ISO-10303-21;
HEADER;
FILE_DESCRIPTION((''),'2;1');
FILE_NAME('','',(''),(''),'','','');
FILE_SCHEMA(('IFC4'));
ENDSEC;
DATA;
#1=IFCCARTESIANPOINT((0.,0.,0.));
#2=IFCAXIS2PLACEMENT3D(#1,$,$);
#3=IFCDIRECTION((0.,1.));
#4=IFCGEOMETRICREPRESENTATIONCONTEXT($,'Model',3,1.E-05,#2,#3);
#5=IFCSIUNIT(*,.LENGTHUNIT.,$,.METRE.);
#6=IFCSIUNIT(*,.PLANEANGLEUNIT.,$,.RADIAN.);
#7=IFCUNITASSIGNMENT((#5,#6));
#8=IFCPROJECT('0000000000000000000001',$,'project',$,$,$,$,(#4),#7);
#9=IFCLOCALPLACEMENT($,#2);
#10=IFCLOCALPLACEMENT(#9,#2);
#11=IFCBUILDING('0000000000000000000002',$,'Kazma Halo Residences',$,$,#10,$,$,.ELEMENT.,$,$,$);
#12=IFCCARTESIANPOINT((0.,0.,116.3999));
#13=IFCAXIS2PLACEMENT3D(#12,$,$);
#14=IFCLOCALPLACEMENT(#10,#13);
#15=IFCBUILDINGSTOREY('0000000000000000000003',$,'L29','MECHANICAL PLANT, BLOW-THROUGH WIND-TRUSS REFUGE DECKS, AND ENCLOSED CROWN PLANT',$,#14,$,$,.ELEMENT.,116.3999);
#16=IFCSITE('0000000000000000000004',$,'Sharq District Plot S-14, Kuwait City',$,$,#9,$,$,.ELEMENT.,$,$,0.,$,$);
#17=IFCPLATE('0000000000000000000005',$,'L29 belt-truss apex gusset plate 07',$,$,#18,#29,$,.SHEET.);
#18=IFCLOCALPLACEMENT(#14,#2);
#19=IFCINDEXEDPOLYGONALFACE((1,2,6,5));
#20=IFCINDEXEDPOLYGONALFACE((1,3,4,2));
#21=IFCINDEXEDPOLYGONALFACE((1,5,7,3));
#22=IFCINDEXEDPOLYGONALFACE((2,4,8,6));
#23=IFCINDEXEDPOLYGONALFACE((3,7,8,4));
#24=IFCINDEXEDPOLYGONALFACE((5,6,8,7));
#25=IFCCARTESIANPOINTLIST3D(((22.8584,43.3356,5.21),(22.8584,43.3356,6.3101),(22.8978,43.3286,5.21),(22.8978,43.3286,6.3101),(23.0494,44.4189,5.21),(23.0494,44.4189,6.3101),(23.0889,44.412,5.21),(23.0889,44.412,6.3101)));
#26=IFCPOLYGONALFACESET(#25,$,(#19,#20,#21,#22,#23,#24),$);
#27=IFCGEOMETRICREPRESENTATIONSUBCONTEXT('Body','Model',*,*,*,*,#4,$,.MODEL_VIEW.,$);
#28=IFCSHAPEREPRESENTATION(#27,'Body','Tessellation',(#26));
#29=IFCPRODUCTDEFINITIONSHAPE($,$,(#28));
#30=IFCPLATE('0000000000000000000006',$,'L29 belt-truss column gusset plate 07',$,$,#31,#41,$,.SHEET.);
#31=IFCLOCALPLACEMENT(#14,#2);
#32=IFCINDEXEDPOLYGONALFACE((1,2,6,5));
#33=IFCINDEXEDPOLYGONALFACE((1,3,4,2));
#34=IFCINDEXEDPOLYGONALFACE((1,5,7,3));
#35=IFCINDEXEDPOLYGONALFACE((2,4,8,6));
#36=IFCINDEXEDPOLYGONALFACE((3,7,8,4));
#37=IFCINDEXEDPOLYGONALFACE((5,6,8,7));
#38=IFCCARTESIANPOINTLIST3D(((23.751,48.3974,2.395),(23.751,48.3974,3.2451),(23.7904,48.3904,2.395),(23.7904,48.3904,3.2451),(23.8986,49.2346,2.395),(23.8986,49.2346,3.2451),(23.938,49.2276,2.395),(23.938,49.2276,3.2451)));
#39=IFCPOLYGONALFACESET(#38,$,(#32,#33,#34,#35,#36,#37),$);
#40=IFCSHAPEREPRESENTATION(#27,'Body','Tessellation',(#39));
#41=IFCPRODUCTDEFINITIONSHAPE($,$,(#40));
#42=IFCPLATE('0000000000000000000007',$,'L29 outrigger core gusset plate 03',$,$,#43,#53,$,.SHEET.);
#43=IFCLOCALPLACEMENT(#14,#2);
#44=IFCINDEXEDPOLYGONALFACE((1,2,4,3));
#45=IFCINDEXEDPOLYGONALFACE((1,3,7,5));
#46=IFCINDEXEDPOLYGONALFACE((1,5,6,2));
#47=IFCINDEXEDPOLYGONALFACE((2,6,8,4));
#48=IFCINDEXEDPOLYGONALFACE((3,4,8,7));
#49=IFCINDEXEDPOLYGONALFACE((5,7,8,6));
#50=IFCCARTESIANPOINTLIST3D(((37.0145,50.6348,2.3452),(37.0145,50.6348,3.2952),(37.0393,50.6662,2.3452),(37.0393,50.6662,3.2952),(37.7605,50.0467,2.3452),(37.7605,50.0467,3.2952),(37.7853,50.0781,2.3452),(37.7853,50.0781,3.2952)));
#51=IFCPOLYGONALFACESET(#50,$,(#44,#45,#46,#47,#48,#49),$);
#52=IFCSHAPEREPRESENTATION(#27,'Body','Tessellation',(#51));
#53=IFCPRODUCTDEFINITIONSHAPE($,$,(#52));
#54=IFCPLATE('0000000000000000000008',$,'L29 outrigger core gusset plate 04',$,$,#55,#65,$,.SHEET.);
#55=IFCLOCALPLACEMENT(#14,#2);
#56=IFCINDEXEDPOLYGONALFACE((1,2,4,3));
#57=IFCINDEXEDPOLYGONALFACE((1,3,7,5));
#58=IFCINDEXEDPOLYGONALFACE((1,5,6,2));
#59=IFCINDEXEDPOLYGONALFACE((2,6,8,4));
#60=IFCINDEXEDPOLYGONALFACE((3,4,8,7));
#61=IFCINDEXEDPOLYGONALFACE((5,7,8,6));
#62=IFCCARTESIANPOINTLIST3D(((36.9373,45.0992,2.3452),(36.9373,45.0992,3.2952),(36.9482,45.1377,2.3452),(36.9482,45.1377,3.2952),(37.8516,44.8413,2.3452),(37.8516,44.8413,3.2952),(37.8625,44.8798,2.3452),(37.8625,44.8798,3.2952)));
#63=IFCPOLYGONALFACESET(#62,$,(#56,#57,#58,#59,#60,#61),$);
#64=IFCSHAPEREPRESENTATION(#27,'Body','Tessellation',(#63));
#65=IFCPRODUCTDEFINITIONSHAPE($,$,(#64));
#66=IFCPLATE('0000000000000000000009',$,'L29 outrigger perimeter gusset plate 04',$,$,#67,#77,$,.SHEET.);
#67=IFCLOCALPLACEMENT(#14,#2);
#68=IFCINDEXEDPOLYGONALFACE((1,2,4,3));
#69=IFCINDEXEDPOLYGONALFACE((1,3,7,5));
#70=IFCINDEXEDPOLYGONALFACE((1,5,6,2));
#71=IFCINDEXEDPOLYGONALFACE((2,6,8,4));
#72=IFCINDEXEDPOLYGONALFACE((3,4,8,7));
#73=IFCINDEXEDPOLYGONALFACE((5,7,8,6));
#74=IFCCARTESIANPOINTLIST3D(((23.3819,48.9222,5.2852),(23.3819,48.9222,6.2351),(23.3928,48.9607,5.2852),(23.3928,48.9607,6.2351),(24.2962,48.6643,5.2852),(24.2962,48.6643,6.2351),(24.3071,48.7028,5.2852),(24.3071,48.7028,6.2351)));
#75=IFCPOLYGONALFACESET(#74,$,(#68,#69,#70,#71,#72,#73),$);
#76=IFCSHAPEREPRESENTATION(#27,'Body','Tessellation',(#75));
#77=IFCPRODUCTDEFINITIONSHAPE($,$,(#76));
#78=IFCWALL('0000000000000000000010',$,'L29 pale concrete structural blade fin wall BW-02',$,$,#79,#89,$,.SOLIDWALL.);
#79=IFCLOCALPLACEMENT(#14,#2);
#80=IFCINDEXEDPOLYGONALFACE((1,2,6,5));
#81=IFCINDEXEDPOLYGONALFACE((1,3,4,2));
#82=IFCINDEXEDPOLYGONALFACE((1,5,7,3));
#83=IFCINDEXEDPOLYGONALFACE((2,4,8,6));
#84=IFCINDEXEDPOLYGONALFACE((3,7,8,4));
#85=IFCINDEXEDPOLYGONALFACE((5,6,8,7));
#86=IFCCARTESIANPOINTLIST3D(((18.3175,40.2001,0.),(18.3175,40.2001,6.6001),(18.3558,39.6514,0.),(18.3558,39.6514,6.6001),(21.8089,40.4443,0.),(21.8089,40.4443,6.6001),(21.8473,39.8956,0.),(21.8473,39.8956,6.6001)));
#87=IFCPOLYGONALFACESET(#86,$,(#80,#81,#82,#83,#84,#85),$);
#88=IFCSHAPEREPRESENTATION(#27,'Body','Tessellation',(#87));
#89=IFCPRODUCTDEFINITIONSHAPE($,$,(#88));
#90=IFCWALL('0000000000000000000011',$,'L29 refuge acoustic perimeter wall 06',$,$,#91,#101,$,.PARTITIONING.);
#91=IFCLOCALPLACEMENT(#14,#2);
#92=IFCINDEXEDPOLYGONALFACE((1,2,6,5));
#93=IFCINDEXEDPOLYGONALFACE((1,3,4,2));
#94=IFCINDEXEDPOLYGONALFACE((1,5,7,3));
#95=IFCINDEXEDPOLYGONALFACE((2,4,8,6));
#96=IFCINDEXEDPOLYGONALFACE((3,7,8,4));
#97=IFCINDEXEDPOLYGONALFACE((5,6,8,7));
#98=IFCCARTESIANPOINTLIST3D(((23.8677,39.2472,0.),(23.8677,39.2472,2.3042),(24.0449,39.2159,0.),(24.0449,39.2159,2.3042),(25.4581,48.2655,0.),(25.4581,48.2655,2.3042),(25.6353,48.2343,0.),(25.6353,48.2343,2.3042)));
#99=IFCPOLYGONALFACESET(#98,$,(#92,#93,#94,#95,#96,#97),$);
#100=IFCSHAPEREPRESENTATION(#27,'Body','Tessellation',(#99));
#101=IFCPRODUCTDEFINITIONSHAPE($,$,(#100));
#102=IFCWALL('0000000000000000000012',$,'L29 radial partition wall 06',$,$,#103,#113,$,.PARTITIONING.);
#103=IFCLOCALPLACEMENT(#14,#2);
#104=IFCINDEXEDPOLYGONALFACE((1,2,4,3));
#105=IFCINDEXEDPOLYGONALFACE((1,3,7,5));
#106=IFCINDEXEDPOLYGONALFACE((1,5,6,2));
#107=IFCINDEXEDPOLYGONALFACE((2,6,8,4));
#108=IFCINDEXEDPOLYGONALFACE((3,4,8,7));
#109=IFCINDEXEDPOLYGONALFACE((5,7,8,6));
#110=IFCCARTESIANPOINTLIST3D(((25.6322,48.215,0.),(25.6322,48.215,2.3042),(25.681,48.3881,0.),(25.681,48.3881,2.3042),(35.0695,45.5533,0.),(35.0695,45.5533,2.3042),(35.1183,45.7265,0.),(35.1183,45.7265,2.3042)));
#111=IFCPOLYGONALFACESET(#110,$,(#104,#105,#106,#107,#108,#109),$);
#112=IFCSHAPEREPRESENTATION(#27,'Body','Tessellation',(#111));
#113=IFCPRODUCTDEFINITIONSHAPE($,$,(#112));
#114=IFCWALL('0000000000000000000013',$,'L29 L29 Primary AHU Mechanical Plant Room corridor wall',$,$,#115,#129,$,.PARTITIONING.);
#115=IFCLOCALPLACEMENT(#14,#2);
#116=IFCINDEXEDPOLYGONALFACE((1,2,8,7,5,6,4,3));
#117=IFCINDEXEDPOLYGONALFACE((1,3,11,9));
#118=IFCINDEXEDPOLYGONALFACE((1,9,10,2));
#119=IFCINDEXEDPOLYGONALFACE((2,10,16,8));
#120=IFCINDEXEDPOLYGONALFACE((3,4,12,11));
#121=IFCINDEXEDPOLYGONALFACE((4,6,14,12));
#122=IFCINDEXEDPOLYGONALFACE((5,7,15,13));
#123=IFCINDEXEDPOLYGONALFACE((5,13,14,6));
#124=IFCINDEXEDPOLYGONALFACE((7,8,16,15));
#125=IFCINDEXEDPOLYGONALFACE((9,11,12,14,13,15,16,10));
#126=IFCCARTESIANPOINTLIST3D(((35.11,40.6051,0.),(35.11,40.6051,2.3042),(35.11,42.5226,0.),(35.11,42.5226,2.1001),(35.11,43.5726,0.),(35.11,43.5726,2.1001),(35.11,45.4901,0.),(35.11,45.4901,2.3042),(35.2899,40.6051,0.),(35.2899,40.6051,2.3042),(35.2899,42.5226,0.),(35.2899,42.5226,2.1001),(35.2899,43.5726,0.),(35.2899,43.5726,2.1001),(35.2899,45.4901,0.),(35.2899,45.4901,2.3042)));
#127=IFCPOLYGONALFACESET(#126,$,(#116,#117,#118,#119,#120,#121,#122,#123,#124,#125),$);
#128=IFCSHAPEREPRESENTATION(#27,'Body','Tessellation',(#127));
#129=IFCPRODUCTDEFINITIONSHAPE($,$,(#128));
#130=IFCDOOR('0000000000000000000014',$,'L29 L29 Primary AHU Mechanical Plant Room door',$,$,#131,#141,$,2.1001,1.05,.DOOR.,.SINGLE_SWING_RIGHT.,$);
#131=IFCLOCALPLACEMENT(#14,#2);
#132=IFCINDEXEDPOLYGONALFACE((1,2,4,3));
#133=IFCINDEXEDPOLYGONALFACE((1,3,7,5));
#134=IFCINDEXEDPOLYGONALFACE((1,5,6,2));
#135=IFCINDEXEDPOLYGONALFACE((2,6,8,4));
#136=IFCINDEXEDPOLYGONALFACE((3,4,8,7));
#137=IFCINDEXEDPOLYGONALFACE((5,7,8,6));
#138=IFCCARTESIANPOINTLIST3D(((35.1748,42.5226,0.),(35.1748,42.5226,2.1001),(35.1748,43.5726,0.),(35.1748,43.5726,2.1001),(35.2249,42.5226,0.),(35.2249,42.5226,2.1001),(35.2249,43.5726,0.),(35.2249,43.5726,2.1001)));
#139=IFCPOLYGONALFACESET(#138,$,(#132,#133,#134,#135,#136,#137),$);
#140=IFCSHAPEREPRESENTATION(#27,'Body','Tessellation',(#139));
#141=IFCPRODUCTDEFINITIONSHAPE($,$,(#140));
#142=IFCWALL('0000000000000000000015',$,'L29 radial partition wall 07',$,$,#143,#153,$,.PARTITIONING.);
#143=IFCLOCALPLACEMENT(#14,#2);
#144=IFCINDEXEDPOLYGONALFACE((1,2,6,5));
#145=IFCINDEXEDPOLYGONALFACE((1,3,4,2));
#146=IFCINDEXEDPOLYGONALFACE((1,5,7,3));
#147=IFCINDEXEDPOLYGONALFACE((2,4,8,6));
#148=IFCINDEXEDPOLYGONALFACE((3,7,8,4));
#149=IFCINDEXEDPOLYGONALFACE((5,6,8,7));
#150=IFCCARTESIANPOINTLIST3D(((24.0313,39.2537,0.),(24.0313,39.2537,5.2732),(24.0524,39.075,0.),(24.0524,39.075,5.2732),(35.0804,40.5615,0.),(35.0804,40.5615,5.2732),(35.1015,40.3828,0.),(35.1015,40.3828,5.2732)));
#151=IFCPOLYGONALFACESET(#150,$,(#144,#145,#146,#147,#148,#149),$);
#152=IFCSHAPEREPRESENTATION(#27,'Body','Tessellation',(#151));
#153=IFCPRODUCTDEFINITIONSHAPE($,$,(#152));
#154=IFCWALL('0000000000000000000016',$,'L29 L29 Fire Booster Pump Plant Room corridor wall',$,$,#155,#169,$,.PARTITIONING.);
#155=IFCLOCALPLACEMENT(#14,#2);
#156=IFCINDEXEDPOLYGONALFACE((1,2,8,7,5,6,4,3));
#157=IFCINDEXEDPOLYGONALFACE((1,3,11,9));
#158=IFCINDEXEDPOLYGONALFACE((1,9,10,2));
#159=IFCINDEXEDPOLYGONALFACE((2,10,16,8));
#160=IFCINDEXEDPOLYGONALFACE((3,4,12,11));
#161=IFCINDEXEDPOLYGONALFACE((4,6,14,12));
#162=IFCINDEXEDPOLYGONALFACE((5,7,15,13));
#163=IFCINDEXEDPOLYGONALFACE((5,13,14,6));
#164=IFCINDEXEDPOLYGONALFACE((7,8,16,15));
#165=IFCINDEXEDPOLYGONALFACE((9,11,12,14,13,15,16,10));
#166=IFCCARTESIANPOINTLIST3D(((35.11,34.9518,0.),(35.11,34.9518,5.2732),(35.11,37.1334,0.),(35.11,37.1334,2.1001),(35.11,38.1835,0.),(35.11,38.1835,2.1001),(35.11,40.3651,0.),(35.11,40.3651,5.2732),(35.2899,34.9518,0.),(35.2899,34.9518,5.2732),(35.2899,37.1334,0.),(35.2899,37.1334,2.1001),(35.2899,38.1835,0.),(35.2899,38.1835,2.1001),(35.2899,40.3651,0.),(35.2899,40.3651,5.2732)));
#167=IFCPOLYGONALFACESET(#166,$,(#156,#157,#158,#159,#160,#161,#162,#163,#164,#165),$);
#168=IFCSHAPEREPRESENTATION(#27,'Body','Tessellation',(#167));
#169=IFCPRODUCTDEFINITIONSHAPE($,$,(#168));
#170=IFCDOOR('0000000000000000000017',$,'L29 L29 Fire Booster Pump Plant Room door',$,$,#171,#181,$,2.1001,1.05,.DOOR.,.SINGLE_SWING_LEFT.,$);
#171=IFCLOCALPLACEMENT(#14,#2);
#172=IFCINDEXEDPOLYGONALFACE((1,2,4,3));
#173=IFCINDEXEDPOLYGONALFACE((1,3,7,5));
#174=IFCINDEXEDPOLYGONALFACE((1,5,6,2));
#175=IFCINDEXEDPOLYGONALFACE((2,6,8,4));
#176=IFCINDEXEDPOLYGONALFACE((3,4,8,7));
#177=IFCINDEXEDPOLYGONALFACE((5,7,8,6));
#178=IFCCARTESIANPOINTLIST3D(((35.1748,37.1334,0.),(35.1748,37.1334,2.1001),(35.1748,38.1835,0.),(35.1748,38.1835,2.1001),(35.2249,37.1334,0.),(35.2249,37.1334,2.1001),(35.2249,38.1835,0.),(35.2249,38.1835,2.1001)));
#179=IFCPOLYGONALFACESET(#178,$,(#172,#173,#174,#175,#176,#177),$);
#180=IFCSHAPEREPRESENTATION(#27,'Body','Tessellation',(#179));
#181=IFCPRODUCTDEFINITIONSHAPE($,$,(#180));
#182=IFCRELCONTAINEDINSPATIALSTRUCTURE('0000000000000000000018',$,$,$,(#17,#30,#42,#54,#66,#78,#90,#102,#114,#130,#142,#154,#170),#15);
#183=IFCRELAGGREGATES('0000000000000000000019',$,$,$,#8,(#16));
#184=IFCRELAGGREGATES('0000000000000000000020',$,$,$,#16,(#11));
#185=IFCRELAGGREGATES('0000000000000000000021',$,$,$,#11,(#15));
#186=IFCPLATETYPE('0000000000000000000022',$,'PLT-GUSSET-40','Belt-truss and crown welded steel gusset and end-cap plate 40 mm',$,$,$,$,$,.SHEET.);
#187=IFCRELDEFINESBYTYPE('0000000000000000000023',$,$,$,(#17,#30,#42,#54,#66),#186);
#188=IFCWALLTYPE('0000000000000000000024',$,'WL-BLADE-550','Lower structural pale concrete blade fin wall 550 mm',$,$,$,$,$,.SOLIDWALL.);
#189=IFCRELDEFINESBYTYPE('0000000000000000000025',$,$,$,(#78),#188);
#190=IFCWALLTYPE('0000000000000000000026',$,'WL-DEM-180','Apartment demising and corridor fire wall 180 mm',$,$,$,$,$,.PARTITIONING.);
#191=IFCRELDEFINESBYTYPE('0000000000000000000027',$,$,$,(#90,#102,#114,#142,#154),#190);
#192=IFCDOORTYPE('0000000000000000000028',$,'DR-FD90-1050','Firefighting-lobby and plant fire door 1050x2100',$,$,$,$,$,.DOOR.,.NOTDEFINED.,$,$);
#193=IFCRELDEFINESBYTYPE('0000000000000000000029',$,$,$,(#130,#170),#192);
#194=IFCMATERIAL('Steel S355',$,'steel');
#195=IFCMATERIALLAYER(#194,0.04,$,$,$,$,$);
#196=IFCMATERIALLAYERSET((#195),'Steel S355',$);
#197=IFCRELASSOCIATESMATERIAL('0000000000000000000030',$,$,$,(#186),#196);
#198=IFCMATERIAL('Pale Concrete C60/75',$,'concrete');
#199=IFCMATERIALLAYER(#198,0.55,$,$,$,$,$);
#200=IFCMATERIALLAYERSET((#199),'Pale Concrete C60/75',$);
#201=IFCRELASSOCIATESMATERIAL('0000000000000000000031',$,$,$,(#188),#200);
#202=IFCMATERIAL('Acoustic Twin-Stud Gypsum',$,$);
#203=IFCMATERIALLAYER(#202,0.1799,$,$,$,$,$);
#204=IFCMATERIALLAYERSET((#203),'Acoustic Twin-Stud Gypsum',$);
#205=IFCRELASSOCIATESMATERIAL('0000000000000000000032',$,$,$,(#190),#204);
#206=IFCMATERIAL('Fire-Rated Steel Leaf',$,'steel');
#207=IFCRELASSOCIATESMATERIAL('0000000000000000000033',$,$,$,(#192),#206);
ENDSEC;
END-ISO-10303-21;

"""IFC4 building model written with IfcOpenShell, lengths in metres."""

from ifc_helpers import new_model, si_unit, direction, frame, frame_2d, origin, origin_2d, place, context, subcontext, project, spatial, rectangle, extrude, material, layer, layer_set, type_object, element, fill, save


model = new_model("IFC4")

# Units and contexts
model_context = context("Model", 3, precision=1e-05, world=origin(), true_north=direction((0.0, 1.0)))
body_context = subcontext(model_context, "Body", "Model", "MODEL_VIEW")
ifc_project = project(units=[si_unit("LENGTHUNIT", "METRE"), si_unit("PLANEANGLEUNIT", "RADIAN")], contexts=[model_context])

# Site, building, storey
site_placement = place(None, origin())
site = spatial("IfcSite", under=ifc_project, at=site_placement, Name="Sharq District Plot S-14, Kuwait City", CompositionType="ELEMENT", RefElevation=0.0)
building_placement = place(site_placement, origin())
building = spatial("IfcBuilding", under=site, at=building_placement, Name="Kazma Halo Residences", CompositionType="ELEMENT")
storey_placement = place(building_placement, frame((0.0, 0.0, 116.3999)))
storey = spatial("IfcBuildingStorey", under=building, at=storey_placement, Name="L29", Description="MECHANICAL PLANT, BLOW-THROUGH WIND-TRUSS REFUGE DECKS, AND ENCLOSED CROWN PLANT", CompositionType="ELEMENT", Elevation=116.3999)

# Shared definitions
ifc_material_1 = material(Name="Steel S355", Category="steel")

# Plates
ifc_layer_1 = layer(ifc_material_1, 0.04)
ifc_layer_set_1 = layer_set([ifc_layer_1], Name="Steel S355")
plate_type = type_object("IfcPlateType", Name="PLT-GUSSET-40", Description="Belt-truss and crown welded steel gusset and end-cap plate 40 mm", PredefinedType="SHEET", material=ifc_layer_set_1)
plate_1_placement = place(storey_placement, frame((22.9736, 43.8738, 5.21), z_axis=(0.0, 0.0, 1.0), x_axis=(-0.173659, -0.984806, 0.0)))
element("IfcPlate", 1, at=plate_1_placement, inside=storey, type_object=plate_type, Name="L29 belt-truss apex gusset plate 07", PredefinedType="SHEET", context=body_context, shape_type="SweptSolid", body=[
    extrude(rectangle(XDim=1.1001, YDim=0.04, at=origin_2d()), origin(), (0.0, 0.0, 1.0), 1.1001),
])
plate_2_placement = place(storey_placement, frame((23.8445, 48.8125, 2.395), z_axis=(0.0, 0.0, 1.0), x_axis=(-0.173659, -0.984806, 0.0)))
element("IfcPlate", 2, at=plate_2_placement, inside=storey, type_object=plate_type, Name="L29 belt-truss column gusset plate 07", PredefinedType="SHEET", context=body_context, shape_type="SweptSolid", body=[
    extrude(rectangle(XDim=0.8501, YDim=0.04, at=origin_2d()), origin(), (0.0, 0.0, 1.0), 0.8501),
])
for number, where, z_axis, x_axis, name in (
    (3, (37.3999, 50.3564, 2.3452), (0.0, 0.0, 1.0), (-0.78532, 0.61909, 0.0), "L29 outrigger core gusset plate 03"),
    (4, (37.3999, 44.9895, 2.3452), (0.0, 0.0, 1.0), (-0.962456, 0.271439, 0.0), "L29 outrigger core gusset plate 04"),
    (5, (23.8445, 48.8125, 5.2852), (0.0, 0.0, 1.0), (-0.962456, 0.271439, 0.0), "L29 outrigger perimeter gusset plate 04"),
):
    element("IfcPlate", number, at=place(storey_placement, frame(where, z_axis=z_axis, x_axis=x_axis)), inside=storey, type_object=plate_type, Name=name, PredefinedType="SHEET", context=body_context, shape_type="SweptSolid", body=[
        extrude(rectangle(XDim=0.95, YDim=0.04, at=origin_2d()), origin(), (0.0, 0.0, 1.0), 0.95),
    ])

# Walls
ifc_material_2 = material(Name="Pale Concrete C60/75", Category="concrete")
ifc_layer_2 = layer(ifc_material_2, 0.55)
ifc_layer_set_2 = layer_set([ifc_layer_2], Name="Pale Concrete C60/75")
wall_type_1 = type_object("IfcWallType", Name="WL-BLADE-550", Description="Lower structural pale concrete blade fin wall 550 mm", PredefinedType="SOLIDWALL", material=ifc_layer_set_2)
wall_1_placement = place(storey_placement, frame((21.8281, 40.1699, 0.0), z_axis=(0.0, 0.0, 1.0), x_axis=(-0.997564, -0.069755, 0.0)))
element("IfcWall", 6, at=wall_1_placement, inside=storey, type_object=wall_type_1, Name="L29 pale concrete structural blade fin wall BW-02", PredefinedType="SOLIDWALL", context=body_context, shape_type="SweptSolid", body=[
    extrude(rectangle(XDim=3.5, YDim=0.55, at=frame_2d((1.75, 0.0))), origin(), (0.0, 0.0, 1.0), 6.6001),
])
ifc_material_3 = material(Name="Acoustic Twin-Stud Gypsum")
ifc_layer_3 = layer(ifc_material_3, 0.1799)
ifc_layer_set_3 = layer_set([ifc_layer_3], Name="Acoustic Twin-Stud Gypsum")
wall_type_2 = type_object("IfcWallType", Name="WL-DEM-180", Description="Apartment demising and corridor fire wall 180 mm", PredefinedType="PARTITIONING", material=ifc_layer_set_3)
wall_2_placement = place(storey_placement, frame((25.5466, 48.2498, 0.0), z_axis=(0.0, 0.0, 1.0), x_axis=(-0.173665, -0.984805, 0.0)))
element("IfcWall", 7, at=wall_2_placement, inside=storey, type_object=wall_type_2, Name="L29 refuge acoustic perimeter wall 06", PredefinedType="PARTITIONING", context=body_context, shape_type="SweptSolid", body=[
    extrude(rectangle(XDim=9.1575, YDim=0.1799, at=frame_2d((4.5786, 0.0))), origin(), (0.0, 0.0, 1.0), 2.3042),
])
wall_3_placement = place(storey_placement, frame((35.094, 45.6399, 0.0), z_axis=(0.0, 0.0, 1.0), x_axis=(-0.962454, 0.271444, 0.0)))
element("IfcWall", 8, at=wall_3_placement, inside=storey, type_object=wall_type_2, Name="L29 radial partition wall 06", PredefinedType="PARTITIONING", context=body_context, shape_type="SweptSolid", body=[
    extrude(rectangle(XDim=9.8054, YDim=0.1799, at=frame_2d((4.9028, 0.0))), origin(), (0.0, 0.0, 1.0), 2.3042),
])

# Wall, opening, door
wall_4_placement = place(storey_placement, frame((35.2, 45.49, 0.0), z_axis=(0.0, 0.0, 1.0), x_axis=(0.0, -1.0, 0.0)))
wall_4 = element("IfcWall", 9, at=wall_4_placement, inside=storey, type_object=wall_type_2, Name="L29 L29 Primary AHU Mechanical Plant Room corridor wall", PredefinedType="PARTITIONING", context=body_context, shape_type="SweptSolid", body=[
    extrude(rectangle(XDim=4.885, YDim=0.1799, at=frame_2d((2.4424, 0.0))), origin(), (0.0, 0.0, 1.0), 2.3042),
])
opening_1_placement = place(wall_4_placement, frame((1.9175, 0.0, 0.0)))
opening_1 = element("IfcOpeningElement", 10, at=opening_1_placement, cuts=wall_4, PredefinedType="OPENING", context=body_context, shape_type="SweptSolid", body=[
    extrude(rectangle(XDim=1.05, YDim=2.1001, at=frame_2d((0.5249, 1.05))), frame((0.0, 0.0999, 0.0), z_axis=(0.0, -1.0, 0.0), x_axis=(1.0, 0.0, 0.0)), (0.0, 0.0, 1.0), 0.2),
])
ifc_material_4 = material(Name="Fire-Rated Steel Leaf", Category="steel")
door_type = type_object("IfcDoorType", Name="DR-FD90-1050", Description="Firefighting-lobby and plant fire door 1050x2100", OperationType="NOTDEFINED", PredefinedType="DOOR", material=ifc_material_4)
door_1_placement = place(opening_1_placement, origin())
door_1 = element("IfcDoor", 11, at=door_1_placement, inside=storey, type_object=door_type, Name="L29 L29 Primary AHU Mechanical Plant Room door", OperationType="SINGLE_SWING_RIGHT", OverallHeight=2.1001, OverallWidth=1.05, PredefinedType="DOOR", context=body_context, shape_type="SweptSolid", body=[
    extrude(rectangle(XDim=1.05, YDim=2.1001, at=frame_2d((0.5249, 1.05))), frame((0.0, 0.0249, 0.0), z_axis=(0.0, -1.0, 0.0), x_axis=(1.0, 0.0, 0.0)), (0.0, 0.0, 1.0), 0.05),
])
fill(opening_1, door_1)

# Wall
wall_5_placement = place(storey_placement, frame((35.0908, 40.4722, 0.0), z_axis=(0.0, 0.0, 1.0), x_axis=(-0.993067, -0.117548, 0.0)))
element("IfcWall", 12, at=wall_5_placement, inside=storey, type_object=wall_type_2, Name="L29 radial partition wall 07", PredefinedType="PARTITIONING", context=body_context, shape_type="SweptSolid", body=[
    extrude(rectangle(XDim=11.1262, YDim=0.1799, at=frame_2d((5.563, 0.0))), origin(), (0.0, 0.0, 1.0), 5.2732),
])

# Wall, opening, door
wall_6_placement = place(storey_placement, frame((35.2, 40.365, 0.0), z_axis=(0.0, 0.0, 1.0), x_axis=(0.0, -1.0, 0.0)))
wall_6 = element("IfcWall", 13, at=wall_6_placement, inside=storey, type_object=wall_type_2, Name="L29 L29 Fire Booster Pump Plant Room corridor wall", PredefinedType="PARTITIONING", context=body_context, shape_type="SweptSolid", body=[
    extrude(rectangle(XDim=5.4133, YDim=0.1799, at=frame_2d((2.7065, 0.0))), origin(), (0.0, 0.0, 1.0), 5.2732),
])
opening_2_placement = place(wall_6_placement, frame((2.1816, 0.0, 0.0)))
opening_2 = element("IfcOpeningElement", 14, at=opening_2_placement, cuts=wall_6, PredefinedType="OPENING", context=body_context, shape_type="SweptSolid", body=[
    extrude(rectangle(XDim=1.05, YDim=2.1001, at=frame_2d((0.5249, 1.05))), frame((0.0, 0.0999, 0.0), z_axis=(0.0, -1.0, 0.0), x_axis=(1.0, 0.0, 0.0)), (0.0, 0.0, 1.0), 0.2),
])
door_2_placement = place(opening_2_placement, origin())
door_2 = element("IfcDoor", 15, at=door_2_placement, inside=storey, type_object=door_type, Name="L29 L29 Fire Booster Pump Plant Room door", OperationType="SINGLE_SWING_LEFT", OverallHeight=2.1001, OverallWidth=1.05, PredefinedType="DOOR", context=body_context, shape_type="SweptSolid", body=[
    extrude(rectangle(XDim=1.05, YDim=2.1001, at=frame_2d((0.5249, 1.05))), frame((0.0, 0.0249, 0.0), z_axis=(0.0, -1.0, 0.0), x_axis=(1.0, 0.0, 0.0)), (0.0, 0.0, 1.0), 0.05),
])
fill(opening_2, door_2)

save(model, "model.ifc")
